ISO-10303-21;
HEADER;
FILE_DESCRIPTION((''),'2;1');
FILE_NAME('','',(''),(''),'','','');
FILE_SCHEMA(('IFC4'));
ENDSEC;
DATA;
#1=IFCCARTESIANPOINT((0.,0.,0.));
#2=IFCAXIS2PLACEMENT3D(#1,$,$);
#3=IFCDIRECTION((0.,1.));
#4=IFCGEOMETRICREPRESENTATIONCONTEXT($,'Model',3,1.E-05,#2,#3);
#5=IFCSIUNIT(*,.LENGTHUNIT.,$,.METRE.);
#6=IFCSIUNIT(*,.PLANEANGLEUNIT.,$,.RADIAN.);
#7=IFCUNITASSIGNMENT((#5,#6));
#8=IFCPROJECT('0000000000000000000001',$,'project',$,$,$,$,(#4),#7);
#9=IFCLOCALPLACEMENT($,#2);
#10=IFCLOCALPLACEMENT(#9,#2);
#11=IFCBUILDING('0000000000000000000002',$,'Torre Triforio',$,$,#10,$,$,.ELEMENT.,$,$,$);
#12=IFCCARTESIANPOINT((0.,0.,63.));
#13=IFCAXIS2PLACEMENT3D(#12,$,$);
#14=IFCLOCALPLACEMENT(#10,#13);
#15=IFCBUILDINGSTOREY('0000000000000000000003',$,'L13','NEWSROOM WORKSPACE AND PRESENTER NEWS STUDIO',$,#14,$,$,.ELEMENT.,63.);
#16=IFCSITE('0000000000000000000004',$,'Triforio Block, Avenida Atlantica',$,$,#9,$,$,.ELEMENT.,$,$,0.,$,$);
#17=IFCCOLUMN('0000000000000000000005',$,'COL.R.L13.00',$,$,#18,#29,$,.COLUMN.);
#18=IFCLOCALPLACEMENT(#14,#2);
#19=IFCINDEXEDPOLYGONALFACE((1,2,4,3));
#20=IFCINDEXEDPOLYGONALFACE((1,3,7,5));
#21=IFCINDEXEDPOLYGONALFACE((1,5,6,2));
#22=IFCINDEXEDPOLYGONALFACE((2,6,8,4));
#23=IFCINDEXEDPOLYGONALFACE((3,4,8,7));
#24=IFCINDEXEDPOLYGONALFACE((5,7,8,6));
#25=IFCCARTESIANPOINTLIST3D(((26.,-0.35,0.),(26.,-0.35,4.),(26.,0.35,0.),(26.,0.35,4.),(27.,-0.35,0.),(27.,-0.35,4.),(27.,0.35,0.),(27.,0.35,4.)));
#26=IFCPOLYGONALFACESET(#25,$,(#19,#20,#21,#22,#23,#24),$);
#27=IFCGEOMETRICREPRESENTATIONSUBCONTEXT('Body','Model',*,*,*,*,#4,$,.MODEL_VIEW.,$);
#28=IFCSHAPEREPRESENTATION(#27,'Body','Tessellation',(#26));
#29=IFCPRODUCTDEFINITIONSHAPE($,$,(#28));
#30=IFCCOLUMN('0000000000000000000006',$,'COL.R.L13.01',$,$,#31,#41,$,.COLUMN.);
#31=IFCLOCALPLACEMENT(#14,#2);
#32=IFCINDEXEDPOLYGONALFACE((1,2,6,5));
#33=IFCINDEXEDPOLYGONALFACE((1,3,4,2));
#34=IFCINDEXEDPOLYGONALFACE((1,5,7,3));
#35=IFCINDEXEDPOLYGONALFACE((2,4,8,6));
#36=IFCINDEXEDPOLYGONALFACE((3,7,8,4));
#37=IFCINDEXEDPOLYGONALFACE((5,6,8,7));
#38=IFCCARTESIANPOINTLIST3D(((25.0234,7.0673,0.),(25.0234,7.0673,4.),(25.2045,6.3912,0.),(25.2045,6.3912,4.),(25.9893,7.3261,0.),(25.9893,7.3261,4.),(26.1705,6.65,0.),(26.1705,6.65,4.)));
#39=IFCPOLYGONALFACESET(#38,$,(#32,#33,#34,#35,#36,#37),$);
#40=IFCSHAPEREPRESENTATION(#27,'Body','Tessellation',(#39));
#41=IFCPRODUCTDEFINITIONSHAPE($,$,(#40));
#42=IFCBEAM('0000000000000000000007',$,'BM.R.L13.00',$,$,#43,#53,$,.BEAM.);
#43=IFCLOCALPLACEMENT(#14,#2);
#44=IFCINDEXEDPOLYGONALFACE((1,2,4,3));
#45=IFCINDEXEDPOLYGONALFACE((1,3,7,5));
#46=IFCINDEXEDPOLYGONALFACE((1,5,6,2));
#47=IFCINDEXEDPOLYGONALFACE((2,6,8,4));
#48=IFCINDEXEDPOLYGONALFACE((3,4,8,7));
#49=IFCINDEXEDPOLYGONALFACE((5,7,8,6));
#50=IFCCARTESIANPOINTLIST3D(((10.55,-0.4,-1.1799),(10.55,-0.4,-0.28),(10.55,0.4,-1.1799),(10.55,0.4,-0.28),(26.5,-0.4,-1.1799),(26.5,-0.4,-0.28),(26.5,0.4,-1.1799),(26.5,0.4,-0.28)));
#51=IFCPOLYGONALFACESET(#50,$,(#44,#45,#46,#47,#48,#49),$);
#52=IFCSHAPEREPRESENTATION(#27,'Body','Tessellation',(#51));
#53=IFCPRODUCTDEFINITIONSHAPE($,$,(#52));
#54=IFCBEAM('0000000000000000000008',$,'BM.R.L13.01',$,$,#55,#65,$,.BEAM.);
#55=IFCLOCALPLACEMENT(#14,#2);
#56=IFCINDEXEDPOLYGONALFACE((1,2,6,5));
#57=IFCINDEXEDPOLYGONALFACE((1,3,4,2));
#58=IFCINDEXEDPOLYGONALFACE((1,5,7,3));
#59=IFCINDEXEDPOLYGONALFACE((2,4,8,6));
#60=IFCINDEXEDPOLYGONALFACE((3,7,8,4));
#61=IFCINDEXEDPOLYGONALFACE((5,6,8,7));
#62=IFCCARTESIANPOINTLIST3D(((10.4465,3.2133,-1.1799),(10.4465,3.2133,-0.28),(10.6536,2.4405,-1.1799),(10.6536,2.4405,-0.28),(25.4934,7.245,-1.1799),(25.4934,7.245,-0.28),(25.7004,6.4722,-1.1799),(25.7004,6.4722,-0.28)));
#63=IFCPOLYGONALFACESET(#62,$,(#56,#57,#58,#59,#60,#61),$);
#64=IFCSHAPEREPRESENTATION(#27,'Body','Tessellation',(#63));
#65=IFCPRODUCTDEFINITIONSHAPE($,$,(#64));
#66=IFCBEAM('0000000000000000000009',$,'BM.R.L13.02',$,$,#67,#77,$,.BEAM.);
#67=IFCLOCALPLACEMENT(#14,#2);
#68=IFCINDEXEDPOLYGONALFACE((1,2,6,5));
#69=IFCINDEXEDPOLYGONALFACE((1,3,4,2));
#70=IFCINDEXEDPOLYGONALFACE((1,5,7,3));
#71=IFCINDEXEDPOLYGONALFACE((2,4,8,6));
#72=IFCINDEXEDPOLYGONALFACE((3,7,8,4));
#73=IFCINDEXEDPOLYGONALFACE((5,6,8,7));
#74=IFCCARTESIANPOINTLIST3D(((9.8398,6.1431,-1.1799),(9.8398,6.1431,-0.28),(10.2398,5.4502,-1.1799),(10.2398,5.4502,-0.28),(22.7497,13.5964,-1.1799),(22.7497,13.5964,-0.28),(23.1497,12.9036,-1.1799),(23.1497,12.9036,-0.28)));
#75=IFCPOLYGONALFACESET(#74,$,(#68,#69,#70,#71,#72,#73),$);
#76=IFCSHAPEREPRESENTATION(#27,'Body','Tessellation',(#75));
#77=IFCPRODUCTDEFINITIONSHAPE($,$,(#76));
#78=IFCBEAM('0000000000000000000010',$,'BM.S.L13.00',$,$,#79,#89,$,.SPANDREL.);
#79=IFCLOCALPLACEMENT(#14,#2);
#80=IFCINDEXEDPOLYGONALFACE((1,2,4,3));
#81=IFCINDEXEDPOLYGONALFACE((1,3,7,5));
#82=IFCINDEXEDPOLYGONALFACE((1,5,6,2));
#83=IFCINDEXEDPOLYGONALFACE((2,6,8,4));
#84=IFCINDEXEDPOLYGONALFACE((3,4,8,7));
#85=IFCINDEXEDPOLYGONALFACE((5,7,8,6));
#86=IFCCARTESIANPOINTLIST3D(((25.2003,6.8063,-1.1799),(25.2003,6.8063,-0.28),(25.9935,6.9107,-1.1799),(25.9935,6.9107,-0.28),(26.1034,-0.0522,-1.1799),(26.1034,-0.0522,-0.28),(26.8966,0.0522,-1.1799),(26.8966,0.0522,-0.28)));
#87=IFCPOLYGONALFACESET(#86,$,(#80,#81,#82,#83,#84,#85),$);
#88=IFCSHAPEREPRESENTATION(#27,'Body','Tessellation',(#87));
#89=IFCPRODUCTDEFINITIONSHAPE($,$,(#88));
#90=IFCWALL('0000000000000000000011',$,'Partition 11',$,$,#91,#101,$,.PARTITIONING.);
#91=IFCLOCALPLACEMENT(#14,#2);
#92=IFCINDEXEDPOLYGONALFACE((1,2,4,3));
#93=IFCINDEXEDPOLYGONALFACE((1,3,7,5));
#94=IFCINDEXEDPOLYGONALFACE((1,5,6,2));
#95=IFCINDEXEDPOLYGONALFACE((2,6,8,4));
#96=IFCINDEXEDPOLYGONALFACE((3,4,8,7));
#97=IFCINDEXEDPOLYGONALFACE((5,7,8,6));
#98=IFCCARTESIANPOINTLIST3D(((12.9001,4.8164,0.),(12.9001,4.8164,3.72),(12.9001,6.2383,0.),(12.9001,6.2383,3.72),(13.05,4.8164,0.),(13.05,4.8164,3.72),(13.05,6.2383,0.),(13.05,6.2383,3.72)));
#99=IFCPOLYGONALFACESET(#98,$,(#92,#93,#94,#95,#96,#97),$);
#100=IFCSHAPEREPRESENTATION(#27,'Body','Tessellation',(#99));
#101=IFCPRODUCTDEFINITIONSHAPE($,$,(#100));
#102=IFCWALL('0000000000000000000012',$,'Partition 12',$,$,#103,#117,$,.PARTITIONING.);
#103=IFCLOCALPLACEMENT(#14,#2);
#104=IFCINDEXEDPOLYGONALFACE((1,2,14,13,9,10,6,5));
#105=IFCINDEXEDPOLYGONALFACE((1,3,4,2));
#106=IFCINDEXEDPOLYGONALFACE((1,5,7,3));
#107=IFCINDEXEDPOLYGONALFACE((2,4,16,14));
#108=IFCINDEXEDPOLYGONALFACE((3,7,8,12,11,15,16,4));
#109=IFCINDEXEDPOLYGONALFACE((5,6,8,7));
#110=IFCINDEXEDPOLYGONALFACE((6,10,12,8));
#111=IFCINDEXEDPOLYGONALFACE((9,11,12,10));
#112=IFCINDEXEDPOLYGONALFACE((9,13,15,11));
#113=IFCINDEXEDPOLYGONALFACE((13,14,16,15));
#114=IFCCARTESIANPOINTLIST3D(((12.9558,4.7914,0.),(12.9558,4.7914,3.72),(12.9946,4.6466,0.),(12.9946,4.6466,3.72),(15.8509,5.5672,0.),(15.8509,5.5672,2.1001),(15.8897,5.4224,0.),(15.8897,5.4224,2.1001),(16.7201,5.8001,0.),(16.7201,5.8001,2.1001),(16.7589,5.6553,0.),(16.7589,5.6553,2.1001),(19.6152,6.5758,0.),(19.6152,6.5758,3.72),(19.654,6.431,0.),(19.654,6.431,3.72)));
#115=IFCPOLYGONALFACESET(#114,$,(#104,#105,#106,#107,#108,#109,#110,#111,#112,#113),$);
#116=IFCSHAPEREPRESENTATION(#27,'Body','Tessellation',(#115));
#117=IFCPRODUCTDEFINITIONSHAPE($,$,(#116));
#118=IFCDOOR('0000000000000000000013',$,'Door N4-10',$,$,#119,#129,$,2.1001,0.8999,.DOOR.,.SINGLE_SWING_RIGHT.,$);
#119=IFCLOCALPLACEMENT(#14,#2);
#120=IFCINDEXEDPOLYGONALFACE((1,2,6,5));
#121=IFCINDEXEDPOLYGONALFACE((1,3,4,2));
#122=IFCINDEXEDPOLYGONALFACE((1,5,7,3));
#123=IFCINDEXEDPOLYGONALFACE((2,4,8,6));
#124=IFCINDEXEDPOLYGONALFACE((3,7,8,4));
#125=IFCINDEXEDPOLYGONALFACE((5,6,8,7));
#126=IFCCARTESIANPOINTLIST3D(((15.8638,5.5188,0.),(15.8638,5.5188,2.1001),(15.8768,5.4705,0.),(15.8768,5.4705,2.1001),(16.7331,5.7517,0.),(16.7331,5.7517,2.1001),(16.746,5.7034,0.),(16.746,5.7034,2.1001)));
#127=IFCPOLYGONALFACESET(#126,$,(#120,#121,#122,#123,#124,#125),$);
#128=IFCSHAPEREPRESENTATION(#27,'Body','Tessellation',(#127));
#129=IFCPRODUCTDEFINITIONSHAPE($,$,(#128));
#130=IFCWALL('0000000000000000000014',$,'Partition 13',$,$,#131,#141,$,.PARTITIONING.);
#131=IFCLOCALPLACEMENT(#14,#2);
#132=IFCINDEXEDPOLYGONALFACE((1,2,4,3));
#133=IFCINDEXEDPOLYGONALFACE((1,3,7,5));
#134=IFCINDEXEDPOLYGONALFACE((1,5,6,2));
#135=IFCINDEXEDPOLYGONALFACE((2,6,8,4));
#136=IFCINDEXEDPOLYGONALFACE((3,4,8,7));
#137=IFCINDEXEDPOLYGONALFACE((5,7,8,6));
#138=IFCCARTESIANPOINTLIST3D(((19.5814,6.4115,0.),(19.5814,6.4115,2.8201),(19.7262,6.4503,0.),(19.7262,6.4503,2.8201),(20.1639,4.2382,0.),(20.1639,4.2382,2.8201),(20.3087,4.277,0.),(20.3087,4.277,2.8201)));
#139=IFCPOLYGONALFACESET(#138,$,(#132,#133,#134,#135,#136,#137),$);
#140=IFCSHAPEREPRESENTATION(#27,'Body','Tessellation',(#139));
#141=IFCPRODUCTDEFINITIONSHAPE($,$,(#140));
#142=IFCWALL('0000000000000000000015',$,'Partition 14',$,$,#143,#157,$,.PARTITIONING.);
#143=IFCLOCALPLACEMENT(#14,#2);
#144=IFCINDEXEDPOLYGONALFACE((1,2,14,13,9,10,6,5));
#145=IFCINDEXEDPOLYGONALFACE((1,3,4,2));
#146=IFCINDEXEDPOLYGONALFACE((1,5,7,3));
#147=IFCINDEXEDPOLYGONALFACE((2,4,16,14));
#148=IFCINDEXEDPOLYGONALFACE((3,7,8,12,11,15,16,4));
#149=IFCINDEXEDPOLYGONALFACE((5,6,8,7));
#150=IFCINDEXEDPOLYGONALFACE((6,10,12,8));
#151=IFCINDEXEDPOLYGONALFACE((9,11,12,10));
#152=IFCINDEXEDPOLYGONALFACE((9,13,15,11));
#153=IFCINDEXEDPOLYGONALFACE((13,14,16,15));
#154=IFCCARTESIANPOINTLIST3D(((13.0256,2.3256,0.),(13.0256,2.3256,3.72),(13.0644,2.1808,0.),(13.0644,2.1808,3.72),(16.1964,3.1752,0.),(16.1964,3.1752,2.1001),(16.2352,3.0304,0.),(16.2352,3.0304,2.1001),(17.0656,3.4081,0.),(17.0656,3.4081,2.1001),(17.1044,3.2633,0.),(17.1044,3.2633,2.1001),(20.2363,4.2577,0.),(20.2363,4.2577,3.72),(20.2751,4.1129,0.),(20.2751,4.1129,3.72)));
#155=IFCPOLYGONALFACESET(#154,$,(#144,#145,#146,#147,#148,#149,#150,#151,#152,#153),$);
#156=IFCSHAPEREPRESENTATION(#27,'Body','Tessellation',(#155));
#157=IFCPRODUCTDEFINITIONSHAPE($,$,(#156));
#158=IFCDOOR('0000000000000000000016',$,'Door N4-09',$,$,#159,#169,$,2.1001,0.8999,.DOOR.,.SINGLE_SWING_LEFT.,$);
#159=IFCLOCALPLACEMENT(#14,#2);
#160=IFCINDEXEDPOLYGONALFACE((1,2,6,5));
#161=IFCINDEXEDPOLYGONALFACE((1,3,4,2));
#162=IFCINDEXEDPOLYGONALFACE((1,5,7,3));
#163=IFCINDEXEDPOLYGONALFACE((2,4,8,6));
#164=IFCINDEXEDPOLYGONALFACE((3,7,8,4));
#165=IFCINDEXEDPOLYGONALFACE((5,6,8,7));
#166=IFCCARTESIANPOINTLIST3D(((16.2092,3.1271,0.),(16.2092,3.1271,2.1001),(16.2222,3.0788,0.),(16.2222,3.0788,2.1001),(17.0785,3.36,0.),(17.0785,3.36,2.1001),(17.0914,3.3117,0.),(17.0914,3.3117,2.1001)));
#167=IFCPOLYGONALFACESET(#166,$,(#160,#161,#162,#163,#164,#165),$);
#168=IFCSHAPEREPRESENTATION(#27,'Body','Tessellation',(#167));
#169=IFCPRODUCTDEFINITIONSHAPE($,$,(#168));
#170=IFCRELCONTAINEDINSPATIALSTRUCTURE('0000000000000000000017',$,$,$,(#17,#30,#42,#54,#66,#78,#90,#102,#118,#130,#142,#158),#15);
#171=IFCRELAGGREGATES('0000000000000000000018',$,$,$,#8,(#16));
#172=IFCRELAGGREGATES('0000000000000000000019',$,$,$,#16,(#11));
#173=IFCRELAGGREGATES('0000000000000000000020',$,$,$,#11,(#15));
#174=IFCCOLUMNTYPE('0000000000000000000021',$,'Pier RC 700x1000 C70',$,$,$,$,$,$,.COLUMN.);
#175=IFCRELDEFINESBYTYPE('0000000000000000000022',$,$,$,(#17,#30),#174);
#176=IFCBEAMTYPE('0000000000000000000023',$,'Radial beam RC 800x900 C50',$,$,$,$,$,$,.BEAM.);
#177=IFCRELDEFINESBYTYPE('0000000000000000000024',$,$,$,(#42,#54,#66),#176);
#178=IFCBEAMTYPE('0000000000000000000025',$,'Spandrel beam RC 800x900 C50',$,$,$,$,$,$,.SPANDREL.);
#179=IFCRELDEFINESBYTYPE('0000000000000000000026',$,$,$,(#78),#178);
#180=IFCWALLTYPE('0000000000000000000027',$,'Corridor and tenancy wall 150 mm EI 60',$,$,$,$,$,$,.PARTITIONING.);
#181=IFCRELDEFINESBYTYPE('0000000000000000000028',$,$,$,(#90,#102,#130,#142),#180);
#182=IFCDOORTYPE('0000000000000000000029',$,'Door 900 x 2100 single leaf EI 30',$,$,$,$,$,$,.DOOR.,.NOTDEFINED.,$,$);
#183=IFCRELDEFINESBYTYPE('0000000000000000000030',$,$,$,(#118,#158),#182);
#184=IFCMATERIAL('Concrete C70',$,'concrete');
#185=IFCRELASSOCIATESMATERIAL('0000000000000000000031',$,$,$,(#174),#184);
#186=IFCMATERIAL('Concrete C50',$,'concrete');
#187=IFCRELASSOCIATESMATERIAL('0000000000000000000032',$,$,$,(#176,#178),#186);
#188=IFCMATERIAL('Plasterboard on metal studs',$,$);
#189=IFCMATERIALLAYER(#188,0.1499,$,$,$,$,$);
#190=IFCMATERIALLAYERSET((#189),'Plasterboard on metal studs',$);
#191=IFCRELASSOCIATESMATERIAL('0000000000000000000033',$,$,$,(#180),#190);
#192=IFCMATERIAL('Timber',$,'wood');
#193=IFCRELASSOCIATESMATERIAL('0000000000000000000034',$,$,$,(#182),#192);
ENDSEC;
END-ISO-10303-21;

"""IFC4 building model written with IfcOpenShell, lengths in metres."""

from ifc_helpers import new_model, si_unit, direction, frame, frame_2d, origin, origin_2d, place, context, subcontext, project, spatial, rectangle, extrude, material, layer, layer_set, material_profile, profile_set, type_object, element, fill, save


model = new_model("IFC4")

# Units and contexts
model_context = context("Model", 3, precision=1e-05, world=origin(), true_north=direction((0.0, 1.0)))
body_context = subcontext(model_context, "Body", "Model", "MODEL_VIEW")
ifc_project = project(units=[si_unit("LENGTHUNIT", "METRE"), si_unit("PLANEANGLEUNIT", "RADIAN")], contexts=[model_context])

# Site, building, storey
site_placement = place(None, origin())
site = spatial("IfcSite", under=ifc_project, at=site_placement, Name="Triforio Block, Avenida Atlantica", CompositionType="ELEMENT", RefElevation=0.0)
building_placement = place(site_placement, origin())
building = spatial("IfcBuilding", under=site, at=building_placement, Name="Torre Triforio", CompositionType="ELEMENT")
storey_placement = place(building_placement, frame((0.0, 0.0, 63.0)))
storey = spatial("IfcBuildingStorey", under=building, at=storey_placement, Name="L13", Description="NEWSROOM WORKSPACE AND PRESENTER NEWS STUDIO", CompositionType="ELEMENT", Elevation=63.0)

# Columns
ifc_material_1 = material(Name="Concrete C70", Category="concrete")
ifc_material_profile_1 = material_profile(ifc_material_1, rectangle(XDim=0.7, YDim=1.0, at=origin_2d()), Name="RC 700x1000")
ifc_profile_set_1 = profile_set([ifc_material_profile_1], Name="Concrete C70")
column_type = type_object("IfcColumnType", Name="Pier RC 700x1000 C70", PredefinedType="COLUMN", material=ifc_profile_set_1)
for number, where, z_axis, x_axis, name in (
    (1, (26.5, 0.0, 0.0), (0.0, 0.0, 1.0), (0.0, 1.0, 0.0), "COL.R.L13.00"),
    (2, (25.5969, 6.8586, 0.0), (0.0, 0.0, 1.0), (-0.258819, 0.965926, 0.0), "COL.R.L13.01"),
):
    element("IfcColumn", number, at=place(storey_placement, frame(where, z_axis=z_axis, x_axis=x_axis)), inside=storey, type_object=column_type, Name=name, PredefinedType="COLUMN", context=body_context, shape_type="SweptSolid", body=[
        extrude(rectangle(XDim=0.7, YDim=1.0, at=origin_2d()), origin(), (0.0, 0.0, 1.0), 4.0),
    ])

# Beams
ifc_material_2 = material(Name="Concrete C50", Category="concrete")
ifc_material_profile_2 = material_profile(ifc_material_2, rectangle(XDim=0.8, YDim=0.8999, at=origin_2d()), Name="RC 800x900")
ifc_profile_set_2 = profile_set([ifc_material_profile_2], Name="Concrete C50")
beam_type_1 = type_object("IfcBeamType", Name="Radial beam RC 800x900 C50", PredefinedType="BEAM", material=ifc_profile_set_2)
beam_1_placement = place(storey_placement, frame((10.55, 0.0, -0.73), z_axis=(1.0, 0.0, 0.0), x_axis=(0.0, 1.0, 0.0)))
element("IfcBeam", 3, at=beam_1_placement, inside=storey, type_object=beam_type_1, Name="BM.R.L13.00", PredefinedType="BEAM", context=body_context, shape_type="SweptSolid", body=[
    extrude(rectangle(XDim=0.8, YDim=0.8999, at=origin_2d()), origin(), (0.0, 0.0, 1.0), 15.95),
])
beam_2_placement = place(storey_placement, frame((10.55, 2.8269, -0.73), z_axis=(0.965927, 0.258815, 0.0), x_axis=(-0.258815, 0.965927, 0.0)))
element("IfcBeam", 4, at=beam_2_placement, inside=storey, type_object=beam_type_1, Name="BM.R.L13.01", PredefinedType="BEAM", context=body_context, shape_type="SweptSolid", body=[
    extrude(rectangle(XDim=0.8, YDim=0.8999, at=origin_2d()), origin(), (0.0, 0.0, 1.0), 15.5776),
])
beam_3_placement = place(storey_placement, frame((10.0398, 5.7966, -0.73), z_axis=(0.86603, 0.499991, 0.0), x_axis=(-0.499991, 0.86603, 0.0)))
element("IfcBeam", 5, at=beam_3_placement, inside=storey, type_object=beam_type_1, Name="BM.R.L13.02", PredefinedType="BEAM", context=body_context, shape_type="SweptSolid", body=[
    extrude(rectangle(XDim=0.8, YDim=0.8999, at=origin_2d()), origin(), (0.0, 0.0, 1.0), 14.907),
])
ifc_material_profile_3 = material_profile(ifc_material_2, rectangle(XDim=0.8, YDim=0.8999, at=origin_2d()), Name="RC 800x900")
ifc_profile_set_3 = profile_set([ifc_material_profile_3], Name="Concrete C50")
beam_type_2 = type_object("IfcBeamType", Name="Spandrel beam RC 800x900 C50", PredefinedType="SPANDREL", material=ifc_profile_set_3)
beam_4_placement = place(storey_placement, frame((26.5, 0.0, -0.73), z_axis=(-0.130543, 0.991443, 0.0), x_axis=(-0.991443, -0.130543, 0.0)))
element("IfcBeam", 6, at=beam_4_placement, inside=storey, type_object=beam_type_2, Name="BM.S.L13.00", PredefinedType="SPANDREL", context=body_context, shape_type="SweptSolid", body=[
    extrude(rectangle(XDim=0.8, YDim=0.8999, at=origin_2d()), origin(), (0.0, 0.0, 1.0), 6.9177),
])

# Wall
ifc_material_3 = material(Name="Plasterboard on metal studs")
ifc_layer_1 = layer(ifc_material_3, 0.1499)
ifc_layer_set_1 = layer_set([ifc_layer_1], Name="Plasterboard on metal studs")
wall_type_1 = type_object("IfcWallType", Name="Corridor and tenancy wall 150 mm EI 60", PredefinedType="PARTITIONING", material=ifc_layer_set_1)
wall_1_placement = place(storey_placement, frame((12.9751, 6.2383, 0.0), z_axis=(0.0, 0.0, 1.0), x_axis=(0.0, -1.0, 0.0)))
element("IfcWall", 7, at=wall_1_placement, inside=storey, type_object=wall_type_1, Name="Partition 11", PredefinedType="PARTITIONING", context=body_context, shape_type="SweptSolid", body=[
    extrude(rectangle(XDim=1.4219, YDim=0.1499, at=frame_2d((0.7109, 0.0))), origin(), (0.0, 0.0, 1.0), 3.72),
])

# Wall, opening, door
wall_2_placement = place(storey_placement, frame((12.9751, 4.719, 0.0), z_axis=(0.0, 0.0, 1.0), x_axis=(0.965924, 0.258824, 0.0)))
wall_2 = element("IfcWall", 8, at=wall_2_placement, inside=storey, type_object=wall_type_1, Name="Partition 12", PredefinedType="PARTITIONING", context=body_context, shape_type="SweptSolid", body=[
    extrude(rectangle(XDim=6.8943, YDim=0.1499, at=frame_2d((3.4473, 0.0))), origin(), (0.0, 0.0, 1.0), 3.72),
])
opening_1_placement = place(wall_2_placement, frame((2.9973, 0.0, 0.0)))
opening_1 = element("IfcOpeningElement", 9, at=opening_1_placement, cuts=wall_2, PredefinedType="OPENING", context=body_context, shape_type="SweptSolid", body=[
    extrude(rectangle(XDim=0.8999, YDim=2.1001, at=frame_2d((0.45, 1.05))), frame((0.0, 0.085, 0.0), z_axis=(0.0, -1.0, 0.0), x_axis=(1.0, 0.0, 0.0)), (0.0, 0.0, 1.0), 0.1699),
])
ifc_material_4 = material(Name="Timber", Category="wood")
door_type_1 = type_object("IfcDoorType", Name="Door 900 x 2100 single leaf EI 30", OperationType="NOTDEFINED", PredefinedType="DOOR", material=ifc_material_4)
door_1_placement = place(opening_1_placement, origin())
door_1 = element("IfcDoor", 10, at=door_1_placement, inside=storey, type_object=door_type_1, Name="Door N4-10", OperationType="SINGLE_SWING_RIGHT", OverallHeight=2.1001, OverallWidth=0.8999, PredefinedType="DOOR", context=body_context, shape_type="SweptSolid", body=[
    extrude(rectangle(XDim=0.8999, YDim=2.1001, at=frame_2d((0.45, 1.05))), frame((0.0, 0.0249, 0.0), z_axis=(0.0, -1.0, 0.0), x_axis=(1.0, 0.0, 0.0)), (0.0, 0.0, 1.0), 0.05),
])
fill(opening_1, door_1)

# Wall
wall_3_placement = place(storey_placement, frame((19.6538, 6.4309, 0.0), z_axis=(0.0, 0.0, 1.0), x_axis=(0.258892, -0.965906, 0.0)))
element("IfcWall", 11, at=wall_3_placement, inside=storey, type_object=wall_type_1, Name="Partition 13", PredefinedType="PARTITIONING", context=body_context, shape_type="SweptSolid", body=[
    extrude(rectangle(XDim=2.25, YDim=0.1499, at=frame_2d((1.125, 0.0))), origin(), (0.0, 0.0, 1.0), 2.8201),
])

# Wall, opening, door
wall_4_placement = place(storey_placement, frame((20.2556, 4.1853, 0.0), z_axis=(0.0, 0.0, 1.0), x_axis=(-0.965925, -0.258823, 0.0)))
wall_4 = element("IfcWall", 12, at=wall_4_placement, inside=storey, type_object=wall_type_1, Name="Partition 14", PredefinedType="PARTITIONING", context=body_context, shape_type="SweptSolid", body=[
    extrude(rectangle(XDim=7.4651, YDim=0.1499, at=frame_2d((3.7324, 0.0))), origin(), (0.0, 0.0, 1.0), 3.72),
])
opening_2_placement = place(wall_4_placement, frame((3.2825, 0.0, 0.0)))
opening_2 = element("IfcOpeningElement", 13, at=opening_2_placement, cuts=wall_4, PredefinedType="OPENING", context=body_context, shape_type="SweptSolid", body=[
    extrude(rectangle(XDim=0.8999, YDim=2.1001, at=frame_2d((0.45, 1.05))), frame((0.0, 0.085, 0.0), z_axis=(0.0, -1.0, 0.0), x_axis=(1.0, 0.0, 0.0)), (0.0, 0.0, 1.0), 0.1699),
])
door_2_placement = place(opening_2_placement, origin())
door_2 = element("IfcDoor", 14, at=door_2_placement, inside=storey, type_object=door_type_1, Name="Door N4-09", OperationType="SINGLE_SWING_LEFT", OverallHeight=2.1001, OverallWidth=0.8999, PredefinedType="DOOR", context=body_context, shape_type="SweptSolid", body=[
    extrude(rectangle(XDim=0.8999, YDim=2.1001, at=frame_2d((0.45, 1.05))), frame((0.0, 0.0249, 0.0), z_axis=(0.0, -1.0, 0.0), x_axis=(1.0, 0.0, 0.0)), (0.0, 0.0, 1.0), 0.05),
])
fill(opening_2, door_2)

save(model, "model.ifc")
